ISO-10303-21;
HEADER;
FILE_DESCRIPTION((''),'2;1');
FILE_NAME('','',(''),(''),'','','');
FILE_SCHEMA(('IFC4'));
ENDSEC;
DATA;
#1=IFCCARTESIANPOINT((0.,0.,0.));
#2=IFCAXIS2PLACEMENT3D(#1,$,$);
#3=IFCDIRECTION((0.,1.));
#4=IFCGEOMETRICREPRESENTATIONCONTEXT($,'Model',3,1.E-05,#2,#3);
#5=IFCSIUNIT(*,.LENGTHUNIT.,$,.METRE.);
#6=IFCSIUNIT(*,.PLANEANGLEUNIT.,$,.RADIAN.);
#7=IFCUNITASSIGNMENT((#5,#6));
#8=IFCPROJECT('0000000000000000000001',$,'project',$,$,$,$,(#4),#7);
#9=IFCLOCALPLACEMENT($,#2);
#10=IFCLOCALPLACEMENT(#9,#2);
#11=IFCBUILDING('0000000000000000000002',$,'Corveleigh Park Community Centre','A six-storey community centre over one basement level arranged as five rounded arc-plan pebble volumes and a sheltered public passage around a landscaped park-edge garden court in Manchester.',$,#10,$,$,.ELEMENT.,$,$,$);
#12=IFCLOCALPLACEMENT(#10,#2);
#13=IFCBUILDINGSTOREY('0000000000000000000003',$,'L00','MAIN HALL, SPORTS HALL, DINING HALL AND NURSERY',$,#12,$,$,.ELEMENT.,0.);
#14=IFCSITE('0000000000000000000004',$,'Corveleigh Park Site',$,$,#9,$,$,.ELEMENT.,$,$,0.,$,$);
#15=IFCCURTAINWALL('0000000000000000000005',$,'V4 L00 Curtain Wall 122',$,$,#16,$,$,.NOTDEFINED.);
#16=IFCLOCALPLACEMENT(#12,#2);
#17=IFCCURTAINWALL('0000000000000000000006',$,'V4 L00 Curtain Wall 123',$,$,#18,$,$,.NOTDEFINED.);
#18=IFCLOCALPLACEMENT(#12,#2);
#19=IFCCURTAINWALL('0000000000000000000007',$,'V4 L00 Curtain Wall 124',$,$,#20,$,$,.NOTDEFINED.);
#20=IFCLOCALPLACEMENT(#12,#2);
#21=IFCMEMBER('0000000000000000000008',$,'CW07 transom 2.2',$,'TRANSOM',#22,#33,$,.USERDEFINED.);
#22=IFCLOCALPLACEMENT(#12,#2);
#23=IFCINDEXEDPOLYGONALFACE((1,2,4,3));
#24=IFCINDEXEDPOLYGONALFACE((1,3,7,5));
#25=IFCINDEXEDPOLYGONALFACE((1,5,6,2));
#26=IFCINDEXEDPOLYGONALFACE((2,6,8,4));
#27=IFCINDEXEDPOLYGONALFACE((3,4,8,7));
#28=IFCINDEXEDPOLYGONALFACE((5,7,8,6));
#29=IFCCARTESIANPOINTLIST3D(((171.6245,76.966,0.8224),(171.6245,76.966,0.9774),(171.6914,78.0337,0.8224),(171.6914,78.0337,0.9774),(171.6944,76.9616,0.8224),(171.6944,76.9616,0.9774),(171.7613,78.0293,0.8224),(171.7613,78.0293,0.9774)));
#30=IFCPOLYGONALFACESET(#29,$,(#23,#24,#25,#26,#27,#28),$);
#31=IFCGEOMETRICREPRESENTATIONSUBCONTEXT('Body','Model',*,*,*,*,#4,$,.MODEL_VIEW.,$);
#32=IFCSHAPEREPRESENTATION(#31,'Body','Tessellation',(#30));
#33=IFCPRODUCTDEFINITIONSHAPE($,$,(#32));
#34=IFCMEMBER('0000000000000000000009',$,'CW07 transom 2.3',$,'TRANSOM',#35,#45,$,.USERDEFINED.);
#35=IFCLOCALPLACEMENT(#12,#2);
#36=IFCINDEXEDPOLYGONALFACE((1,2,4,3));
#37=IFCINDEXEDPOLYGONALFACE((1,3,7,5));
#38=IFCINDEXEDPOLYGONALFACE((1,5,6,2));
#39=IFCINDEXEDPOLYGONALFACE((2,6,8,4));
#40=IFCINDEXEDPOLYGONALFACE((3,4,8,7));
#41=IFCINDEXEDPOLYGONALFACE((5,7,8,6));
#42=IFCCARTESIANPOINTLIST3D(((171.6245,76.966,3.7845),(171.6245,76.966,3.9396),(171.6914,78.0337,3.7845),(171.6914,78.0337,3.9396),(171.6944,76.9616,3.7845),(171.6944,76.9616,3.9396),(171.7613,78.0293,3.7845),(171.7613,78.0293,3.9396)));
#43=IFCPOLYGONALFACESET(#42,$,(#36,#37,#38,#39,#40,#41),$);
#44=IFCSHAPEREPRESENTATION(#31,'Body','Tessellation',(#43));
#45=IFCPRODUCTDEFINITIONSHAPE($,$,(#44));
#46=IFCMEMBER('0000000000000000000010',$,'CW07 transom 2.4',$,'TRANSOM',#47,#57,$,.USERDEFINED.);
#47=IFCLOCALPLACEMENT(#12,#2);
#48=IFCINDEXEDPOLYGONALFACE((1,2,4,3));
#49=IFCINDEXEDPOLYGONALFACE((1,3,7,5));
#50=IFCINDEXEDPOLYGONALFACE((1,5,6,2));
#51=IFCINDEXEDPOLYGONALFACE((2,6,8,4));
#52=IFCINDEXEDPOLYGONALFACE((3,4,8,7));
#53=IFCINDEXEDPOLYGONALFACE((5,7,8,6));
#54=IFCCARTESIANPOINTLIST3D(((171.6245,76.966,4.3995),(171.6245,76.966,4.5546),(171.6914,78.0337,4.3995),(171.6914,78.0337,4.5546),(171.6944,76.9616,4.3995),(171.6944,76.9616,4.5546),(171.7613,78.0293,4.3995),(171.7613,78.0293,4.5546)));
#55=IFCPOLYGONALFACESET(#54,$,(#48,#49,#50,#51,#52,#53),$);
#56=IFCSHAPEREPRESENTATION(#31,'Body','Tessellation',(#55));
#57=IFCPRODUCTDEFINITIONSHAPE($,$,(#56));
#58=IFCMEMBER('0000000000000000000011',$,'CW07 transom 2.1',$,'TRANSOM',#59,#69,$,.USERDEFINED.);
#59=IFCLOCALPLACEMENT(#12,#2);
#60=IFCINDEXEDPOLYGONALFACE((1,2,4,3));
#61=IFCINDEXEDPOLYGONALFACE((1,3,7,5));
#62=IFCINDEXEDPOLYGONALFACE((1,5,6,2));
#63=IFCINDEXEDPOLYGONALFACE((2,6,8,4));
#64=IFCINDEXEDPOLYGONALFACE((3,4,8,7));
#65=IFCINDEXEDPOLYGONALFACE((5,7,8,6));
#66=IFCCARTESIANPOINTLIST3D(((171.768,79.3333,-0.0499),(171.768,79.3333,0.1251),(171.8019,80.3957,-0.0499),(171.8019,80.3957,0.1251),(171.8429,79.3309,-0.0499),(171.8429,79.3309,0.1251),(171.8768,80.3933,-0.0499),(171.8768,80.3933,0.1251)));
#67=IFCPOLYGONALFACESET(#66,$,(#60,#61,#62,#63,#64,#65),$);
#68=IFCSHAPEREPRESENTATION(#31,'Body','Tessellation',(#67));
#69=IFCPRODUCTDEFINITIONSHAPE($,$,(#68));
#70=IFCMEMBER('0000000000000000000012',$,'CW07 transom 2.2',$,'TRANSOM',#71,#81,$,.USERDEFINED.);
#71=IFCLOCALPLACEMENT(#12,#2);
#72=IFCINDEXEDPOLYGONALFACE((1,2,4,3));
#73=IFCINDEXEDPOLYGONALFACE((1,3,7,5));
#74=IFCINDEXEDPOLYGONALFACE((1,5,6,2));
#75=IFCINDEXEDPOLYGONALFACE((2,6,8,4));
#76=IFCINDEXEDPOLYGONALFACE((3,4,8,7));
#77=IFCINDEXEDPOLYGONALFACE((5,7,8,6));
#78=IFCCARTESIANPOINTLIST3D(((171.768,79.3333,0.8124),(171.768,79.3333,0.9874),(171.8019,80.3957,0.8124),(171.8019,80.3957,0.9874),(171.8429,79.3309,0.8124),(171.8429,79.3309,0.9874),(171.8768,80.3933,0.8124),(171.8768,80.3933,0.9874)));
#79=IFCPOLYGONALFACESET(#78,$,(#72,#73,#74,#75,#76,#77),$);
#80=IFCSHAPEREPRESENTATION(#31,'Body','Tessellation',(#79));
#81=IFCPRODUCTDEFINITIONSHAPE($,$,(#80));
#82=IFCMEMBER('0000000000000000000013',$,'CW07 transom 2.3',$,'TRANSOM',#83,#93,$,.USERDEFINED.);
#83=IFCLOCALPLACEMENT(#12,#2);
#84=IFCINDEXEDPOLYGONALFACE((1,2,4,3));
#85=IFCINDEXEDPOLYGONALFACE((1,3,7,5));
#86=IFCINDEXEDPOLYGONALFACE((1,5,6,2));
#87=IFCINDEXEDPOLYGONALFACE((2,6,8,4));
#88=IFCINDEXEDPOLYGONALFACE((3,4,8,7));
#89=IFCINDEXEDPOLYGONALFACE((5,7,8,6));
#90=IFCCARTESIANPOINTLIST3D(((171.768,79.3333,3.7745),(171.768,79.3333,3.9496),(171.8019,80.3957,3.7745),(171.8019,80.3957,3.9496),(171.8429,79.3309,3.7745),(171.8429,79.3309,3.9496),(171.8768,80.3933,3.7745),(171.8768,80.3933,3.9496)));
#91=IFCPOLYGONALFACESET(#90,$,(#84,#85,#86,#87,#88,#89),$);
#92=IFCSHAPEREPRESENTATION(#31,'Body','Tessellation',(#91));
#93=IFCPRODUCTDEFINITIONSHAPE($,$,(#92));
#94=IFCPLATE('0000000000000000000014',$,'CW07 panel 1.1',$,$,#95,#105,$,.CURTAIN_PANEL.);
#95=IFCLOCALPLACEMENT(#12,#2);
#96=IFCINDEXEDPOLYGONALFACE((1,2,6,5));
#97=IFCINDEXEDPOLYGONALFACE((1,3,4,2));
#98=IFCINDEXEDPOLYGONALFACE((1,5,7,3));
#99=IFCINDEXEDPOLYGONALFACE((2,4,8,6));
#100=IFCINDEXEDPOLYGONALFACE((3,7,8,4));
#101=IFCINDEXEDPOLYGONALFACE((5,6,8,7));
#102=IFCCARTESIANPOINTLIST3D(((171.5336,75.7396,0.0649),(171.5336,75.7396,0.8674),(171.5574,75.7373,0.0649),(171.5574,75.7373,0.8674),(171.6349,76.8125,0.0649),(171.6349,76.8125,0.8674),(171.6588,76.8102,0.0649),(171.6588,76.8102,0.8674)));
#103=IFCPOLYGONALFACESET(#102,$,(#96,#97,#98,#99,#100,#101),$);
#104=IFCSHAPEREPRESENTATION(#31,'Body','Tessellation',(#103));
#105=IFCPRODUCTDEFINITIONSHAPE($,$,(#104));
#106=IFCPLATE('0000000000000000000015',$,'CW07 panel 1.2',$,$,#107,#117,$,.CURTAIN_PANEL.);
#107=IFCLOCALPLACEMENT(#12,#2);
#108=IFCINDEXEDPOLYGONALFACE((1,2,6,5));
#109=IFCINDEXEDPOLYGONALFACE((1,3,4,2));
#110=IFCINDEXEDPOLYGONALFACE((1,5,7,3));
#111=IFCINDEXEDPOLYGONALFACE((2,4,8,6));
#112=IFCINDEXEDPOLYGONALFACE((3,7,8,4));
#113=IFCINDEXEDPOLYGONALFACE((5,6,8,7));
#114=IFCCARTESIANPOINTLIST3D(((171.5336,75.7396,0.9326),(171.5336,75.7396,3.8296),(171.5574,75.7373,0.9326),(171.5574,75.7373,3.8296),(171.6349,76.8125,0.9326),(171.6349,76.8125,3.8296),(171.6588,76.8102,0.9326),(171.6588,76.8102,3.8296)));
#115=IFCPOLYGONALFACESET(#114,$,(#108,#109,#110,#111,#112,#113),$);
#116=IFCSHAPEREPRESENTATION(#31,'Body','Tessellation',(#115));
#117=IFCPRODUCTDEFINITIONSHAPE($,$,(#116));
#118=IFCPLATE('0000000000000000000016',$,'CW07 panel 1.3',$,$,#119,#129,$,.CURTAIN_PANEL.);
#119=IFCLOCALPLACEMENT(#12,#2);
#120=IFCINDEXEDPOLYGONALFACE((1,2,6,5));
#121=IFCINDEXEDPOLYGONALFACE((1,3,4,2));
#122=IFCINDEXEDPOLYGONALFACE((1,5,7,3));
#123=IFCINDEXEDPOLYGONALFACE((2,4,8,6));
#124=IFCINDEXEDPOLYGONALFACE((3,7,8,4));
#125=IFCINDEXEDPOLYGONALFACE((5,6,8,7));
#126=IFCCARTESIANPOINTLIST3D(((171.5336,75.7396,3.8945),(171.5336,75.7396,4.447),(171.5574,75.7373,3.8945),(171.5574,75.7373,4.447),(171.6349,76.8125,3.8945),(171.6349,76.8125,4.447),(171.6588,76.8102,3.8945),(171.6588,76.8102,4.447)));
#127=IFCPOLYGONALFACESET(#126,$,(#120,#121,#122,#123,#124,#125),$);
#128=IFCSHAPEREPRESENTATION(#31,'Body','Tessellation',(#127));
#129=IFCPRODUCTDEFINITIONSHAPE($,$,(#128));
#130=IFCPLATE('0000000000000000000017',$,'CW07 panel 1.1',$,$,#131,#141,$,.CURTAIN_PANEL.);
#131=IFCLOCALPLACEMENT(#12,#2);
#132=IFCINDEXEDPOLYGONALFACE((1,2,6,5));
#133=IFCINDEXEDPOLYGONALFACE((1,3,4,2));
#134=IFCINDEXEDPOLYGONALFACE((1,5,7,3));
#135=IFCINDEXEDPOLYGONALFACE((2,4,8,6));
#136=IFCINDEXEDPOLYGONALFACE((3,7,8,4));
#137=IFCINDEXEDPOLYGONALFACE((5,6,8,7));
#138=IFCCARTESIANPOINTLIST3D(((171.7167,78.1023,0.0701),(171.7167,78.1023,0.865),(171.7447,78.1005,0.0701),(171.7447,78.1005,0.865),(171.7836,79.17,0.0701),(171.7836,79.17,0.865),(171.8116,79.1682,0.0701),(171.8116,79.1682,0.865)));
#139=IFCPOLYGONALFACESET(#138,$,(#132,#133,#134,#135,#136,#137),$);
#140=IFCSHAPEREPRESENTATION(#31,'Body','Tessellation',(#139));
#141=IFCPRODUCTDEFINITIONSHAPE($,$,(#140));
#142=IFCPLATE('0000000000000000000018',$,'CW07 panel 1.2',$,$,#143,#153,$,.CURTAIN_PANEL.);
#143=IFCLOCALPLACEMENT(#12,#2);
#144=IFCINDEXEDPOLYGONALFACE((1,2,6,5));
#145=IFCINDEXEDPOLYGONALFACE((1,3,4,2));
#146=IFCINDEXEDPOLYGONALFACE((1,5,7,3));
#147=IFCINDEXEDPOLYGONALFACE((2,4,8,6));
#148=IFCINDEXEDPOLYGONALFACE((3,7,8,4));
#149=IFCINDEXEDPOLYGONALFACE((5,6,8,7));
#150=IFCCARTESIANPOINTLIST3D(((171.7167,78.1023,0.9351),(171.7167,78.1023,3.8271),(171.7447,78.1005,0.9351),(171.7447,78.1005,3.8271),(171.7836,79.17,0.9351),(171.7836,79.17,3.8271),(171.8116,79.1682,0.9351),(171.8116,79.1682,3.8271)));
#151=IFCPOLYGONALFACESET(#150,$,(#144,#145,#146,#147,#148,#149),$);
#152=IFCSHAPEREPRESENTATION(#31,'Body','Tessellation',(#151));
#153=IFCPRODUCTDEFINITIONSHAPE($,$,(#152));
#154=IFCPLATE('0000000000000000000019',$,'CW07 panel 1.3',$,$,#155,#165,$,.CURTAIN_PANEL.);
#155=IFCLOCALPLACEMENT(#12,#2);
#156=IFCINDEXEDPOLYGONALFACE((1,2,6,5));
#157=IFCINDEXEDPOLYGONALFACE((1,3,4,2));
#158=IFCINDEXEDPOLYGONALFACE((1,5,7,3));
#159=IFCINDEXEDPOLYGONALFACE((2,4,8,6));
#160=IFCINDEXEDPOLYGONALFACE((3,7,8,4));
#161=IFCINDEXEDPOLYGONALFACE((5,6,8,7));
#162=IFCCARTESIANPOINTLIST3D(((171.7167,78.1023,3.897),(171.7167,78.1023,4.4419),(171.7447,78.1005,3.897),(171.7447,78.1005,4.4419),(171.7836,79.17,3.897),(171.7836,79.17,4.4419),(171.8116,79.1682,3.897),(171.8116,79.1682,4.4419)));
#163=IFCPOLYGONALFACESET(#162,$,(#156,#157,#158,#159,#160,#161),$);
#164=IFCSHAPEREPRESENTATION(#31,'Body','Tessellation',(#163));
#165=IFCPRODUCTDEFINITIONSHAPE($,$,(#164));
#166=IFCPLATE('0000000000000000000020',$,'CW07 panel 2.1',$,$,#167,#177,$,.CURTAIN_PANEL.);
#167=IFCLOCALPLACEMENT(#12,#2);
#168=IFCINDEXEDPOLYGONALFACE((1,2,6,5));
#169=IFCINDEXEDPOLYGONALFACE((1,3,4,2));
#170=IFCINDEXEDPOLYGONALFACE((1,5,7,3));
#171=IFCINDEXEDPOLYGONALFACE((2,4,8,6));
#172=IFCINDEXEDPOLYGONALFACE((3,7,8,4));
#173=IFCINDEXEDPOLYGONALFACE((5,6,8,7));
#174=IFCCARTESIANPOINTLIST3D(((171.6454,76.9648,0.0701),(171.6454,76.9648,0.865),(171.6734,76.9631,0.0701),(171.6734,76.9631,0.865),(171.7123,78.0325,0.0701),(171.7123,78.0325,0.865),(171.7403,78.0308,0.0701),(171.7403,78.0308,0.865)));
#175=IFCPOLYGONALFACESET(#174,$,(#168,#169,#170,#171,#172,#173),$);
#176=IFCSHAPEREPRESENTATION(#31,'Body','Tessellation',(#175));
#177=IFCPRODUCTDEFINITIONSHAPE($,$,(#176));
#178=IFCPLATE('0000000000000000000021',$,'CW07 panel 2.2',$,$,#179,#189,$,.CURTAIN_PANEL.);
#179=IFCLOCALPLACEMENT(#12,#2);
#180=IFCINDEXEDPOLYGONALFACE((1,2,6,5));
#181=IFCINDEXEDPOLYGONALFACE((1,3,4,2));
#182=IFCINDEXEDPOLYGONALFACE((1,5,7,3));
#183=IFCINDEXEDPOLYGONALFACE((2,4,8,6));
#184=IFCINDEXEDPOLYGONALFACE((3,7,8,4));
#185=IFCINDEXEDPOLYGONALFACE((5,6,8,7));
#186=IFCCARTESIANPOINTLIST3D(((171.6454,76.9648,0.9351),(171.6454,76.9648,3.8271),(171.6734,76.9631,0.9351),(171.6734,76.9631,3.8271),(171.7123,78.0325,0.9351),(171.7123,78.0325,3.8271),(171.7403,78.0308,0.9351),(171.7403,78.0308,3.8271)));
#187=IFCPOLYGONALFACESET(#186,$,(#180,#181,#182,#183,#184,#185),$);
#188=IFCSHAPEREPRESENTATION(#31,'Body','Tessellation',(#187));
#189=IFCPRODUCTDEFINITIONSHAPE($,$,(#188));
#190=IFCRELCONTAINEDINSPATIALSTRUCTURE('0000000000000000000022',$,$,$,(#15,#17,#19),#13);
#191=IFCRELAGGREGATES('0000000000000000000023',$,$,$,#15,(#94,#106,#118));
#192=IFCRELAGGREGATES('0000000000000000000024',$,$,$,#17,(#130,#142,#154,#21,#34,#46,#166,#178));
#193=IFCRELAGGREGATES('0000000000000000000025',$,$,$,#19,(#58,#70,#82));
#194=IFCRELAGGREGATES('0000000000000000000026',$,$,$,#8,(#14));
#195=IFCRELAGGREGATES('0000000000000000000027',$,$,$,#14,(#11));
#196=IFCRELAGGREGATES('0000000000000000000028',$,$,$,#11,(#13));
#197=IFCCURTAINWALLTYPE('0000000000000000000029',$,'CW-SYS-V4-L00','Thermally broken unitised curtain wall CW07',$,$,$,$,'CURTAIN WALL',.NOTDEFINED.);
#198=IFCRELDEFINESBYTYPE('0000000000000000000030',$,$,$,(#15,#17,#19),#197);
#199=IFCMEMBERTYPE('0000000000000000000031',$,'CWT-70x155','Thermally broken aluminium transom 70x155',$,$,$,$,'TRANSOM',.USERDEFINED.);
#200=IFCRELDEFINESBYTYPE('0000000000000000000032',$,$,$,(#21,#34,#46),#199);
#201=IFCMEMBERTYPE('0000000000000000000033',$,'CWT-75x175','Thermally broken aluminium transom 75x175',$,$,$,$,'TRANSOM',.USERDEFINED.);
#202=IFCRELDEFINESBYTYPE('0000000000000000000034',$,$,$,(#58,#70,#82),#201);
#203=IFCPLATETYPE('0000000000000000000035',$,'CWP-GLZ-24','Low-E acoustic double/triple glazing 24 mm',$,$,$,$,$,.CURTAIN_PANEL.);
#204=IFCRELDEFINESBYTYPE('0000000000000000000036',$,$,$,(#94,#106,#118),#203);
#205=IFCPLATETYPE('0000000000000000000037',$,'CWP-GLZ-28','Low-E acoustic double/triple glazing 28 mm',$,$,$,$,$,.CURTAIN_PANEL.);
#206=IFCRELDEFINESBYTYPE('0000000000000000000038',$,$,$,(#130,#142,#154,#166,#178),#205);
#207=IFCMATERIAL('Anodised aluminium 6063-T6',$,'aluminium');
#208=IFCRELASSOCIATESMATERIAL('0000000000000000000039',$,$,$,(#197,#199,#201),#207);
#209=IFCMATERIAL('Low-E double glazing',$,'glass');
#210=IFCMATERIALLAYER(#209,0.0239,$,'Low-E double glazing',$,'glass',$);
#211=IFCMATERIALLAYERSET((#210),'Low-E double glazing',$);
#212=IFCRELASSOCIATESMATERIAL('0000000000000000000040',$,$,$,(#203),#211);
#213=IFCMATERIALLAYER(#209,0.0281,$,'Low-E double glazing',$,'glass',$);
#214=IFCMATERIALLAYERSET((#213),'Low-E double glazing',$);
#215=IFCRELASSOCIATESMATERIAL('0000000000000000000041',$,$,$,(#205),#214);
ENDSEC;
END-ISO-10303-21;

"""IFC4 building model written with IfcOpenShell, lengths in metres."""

from ifc_helpers import new_model, si_unit, direction, frame, origin, origin_2d, place, context, subcontext, project, spatial, rectangle, extrude, material, layer, layer_set, material_profile, profile_set, type_object, element, aggregate, save


model = new_model("IFC4")

# Units and contexts
model_context = context("Model", 3, precision=1e-05, world=origin(), true_north=direction((0.0, 1.0)))
body_context = subcontext(model_context, "Body", "Model", "MODEL_VIEW")
ifc_project = project(units=[si_unit("LENGTHUNIT", "METRE"), si_unit("PLANEANGLEUNIT", "RADIAN")], contexts=[model_context])

# Site, building, storey
site_placement = place(None, origin())
site = spatial("IfcSite", under=ifc_project, at=site_placement, Name="Corveleigh Park Site", CompositionType="ELEMENT", RefElevation=0.0)
building_placement = place(site_placement, origin())
building = spatial("IfcBuilding", under=site, at=building_placement, Name="Corveleigh Park Community Centre", Description="A six-storey community centre over one basement level arranged as five rounded arc-plan pebble volumes and a sheltered public passage around a landscaped park-edge garden court in Manchester.", CompositionType="ELEMENT")
storey_placement = place(building_placement, origin())
storey = spatial("IfcBuildingStorey", under=building, at=storey_placement, Name="L00", Description="MAIN HALL, SPORTS HALL, DINING HALL AND NURSERY", CompositionType="ELEMENT", Elevation=0.0)

# Curtain wall
ifc_material_1 = material(Name="Anodised aluminium 6063-T6", Category="aluminium")
curtain_wall_type = type_object("IfcCurtainWallType", Name="CW-SYS-V4-L00", Description="Thermally broken unitised curtain wall CW07", ElementType="CURTAIN WALL", PredefinedType="NOTDEFINED", material=ifc_material_1)
curtain_wall_1_placement = place(storey_placement, origin())
curtain_wall_1 = element("IfcCurtainWall", 1, at=curtain_wall_1_placement, inside=storey, type_object=curtain_wall_type, Name="V4 L00 Curtain Wall 122", PredefinedType="NOTDEFINED")

# Curtain wall
curtain_wall_2_placement = place(storey_placement, origin())
curtain_wall_2 = element("IfcCurtainWall", 2, at=curtain_wall_2_placement, inside=storey, type_object=curtain_wall_type, Name="V4 L00 Curtain Wall 123", PredefinedType="NOTDEFINED")

# Curtain wall
curtain_wall_3_placement = place(storey_placement, origin())
curtain_wall_3 = element("IfcCurtainWall", 3, at=curtain_wall_3_placement, inside=storey, type_object=curtain_wall_type, Name="V4 L00 Curtain Wall 124", PredefinedType="NOTDEFINED")

# Members
ifc_material_profile_1 = material_profile(ifc_material_1, rectangle(XDim=0.0701, YDim=0.155, at=origin_2d()), Name="ALU-T70x155", Category="aluminium")
ifc_profile_set_1 = profile_set([ifc_material_profile_1], Name="Anodised aluminium 6063-T6")
member_type_1 = type_object("IfcMemberType", Name="CWT-70x155", Description="Thermally broken aluminium transom 70x155", ElementType="TRANSOM", PredefinedType="USERDEFINED", material=ifc_profile_set_1)
member_1_placement = place(storey_placement, frame((171.7263, 78.0315, 0.8999), z_axis=(-0.062535, -0.998043, 0.0), x_axis=(0.998043, -0.062535, 0.0)))
member_1 = element("IfcMember", 4, at=member_1_placement, type_object=member_type_1, Name="CW07 transom 2.2", ObjectType="TRANSOM", PredefinedType="USERDEFINED", context=body_context, shape_type="SweptSolid", body=[
    extrude(rectangle(XDim=0.0701, YDim=0.155, at=origin_2d()), origin(), (0.0, 0.0, 1.0), 1.0698),
])
member_2_placement = place(storey_placement, frame((171.7263, 78.0315, 3.8621), z_axis=(-0.062535, -0.998043, 0.0), x_axis=(0.998043, -0.062535, 0.0)))
member_2 = element("IfcMember", 5, at=member_2_placement, type_object=member_type_1, Name="CW07 transom 2.3", ObjectType="TRANSOM", PredefinedType="USERDEFINED", context=body_context, shape_type="SweptSolid", body=[
    extrude(rectangle(XDim=0.0701, YDim=0.155, at=origin_2d()), origin(), (0.0, 0.0, 1.0), 1.0698),
])
member_3_placement = place(storey_placement, frame((171.7263, 78.0315, 4.4771), z_axis=(-0.062535, -0.998043, 0.0), x_axis=(0.998043, -0.062535, 0.0)))
member_3 = element("IfcMember", 6, at=member_3_placement, type_object=member_type_1, Name="CW07 transom 2.4", ObjectType="TRANSOM", PredefinedType="USERDEFINED", context=body_context, shape_type="SweptSolid", body=[
    extrude(rectangle(XDim=0.0701, YDim=0.155, at=origin_2d()), origin(), (0.0, 0.0, 1.0), 1.0698),
])
ifc_material_profile_2 = material_profile(ifc_material_1, rectangle(XDim=0.075, YDim=0.175, at=origin_2d()), Name="ALU-T75x175", Category="aluminium")
ifc_profile_set_2 = profile_set([ifc_material_profile_2], Name="Anodised aluminium 6063-T6")
member_type_2 = type_object("IfcMemberType", Name="CWT-75x175", Description="Thermally broken aluminium transom 75x175", ElementType="TRANSOM", PredefinedType="USERDEFINED", material=ifc_profile_set_2)
member_4_placement = place(storey_placement, frame((171.8394, 80.3945, 0.0376), z_axis=(-0.031923, -0.99949, 0.0), x_axis=(0.99949, -0.031923, 0.0)))
member_4 = element("IfcMember", 7, at=member_4_placement, type_object=member_type_2, Name="CW07 transom 2.1", ObjectType="TRANSOM", PredefinedType="USERDEFINED", context=body_context, shape_type="SweptSolid", body=[
    extrude(rectangle(XDim=0.075, YDim=0.175, at=origin_2d()), origin(), (0.0, 0.0, 1.0), 1.063),
])
member_5_placement = place(storey_placement, frame((171.8394, 80.3945, 0.8999), z_axis=(-0.031923, -0.99949, 0.0), x_axis=(0.99949, -0.031923, 0.0)))
member_5 = element("IfcMember", 8, at=member_5_placement, type_object=member_type_2, Name="CW07 transom 2.2", ObjectType="TRANSOM", PredefinedType="USERDEFINED", context=body_context, shape_type="SweptSolid", body=[
    extrude(rectangle(XDim=0.075, YDim=0.175, at=origin_2d()), origin(), (0.0, 0.0, 1.0), 1.063),
])
member_6_placement = place(storey_placement, frame((171.8394, 80.3945, 3.8621), z_axis=(-0.031923, -0.99949, 0.0), x_axis=(0.99949, -0.031923, 0.0)))
member_6 = element("IfcMember", 9, at=member_6_placement, type_object=member_type_2, Name="CW07 transom 2.3", ObjectType="TRANSOM", PredefinedType="USERDEFINED", context=body_context, shape_type="SweptSolid", body=[
    extrude(rectangle(XDim=0.075, YDim=0.175, at=origin_2d()), origin(), (0.0, 0.0, 1.0), 1.063),
])

# Plates
ifc_material_2 = material(Name="Low-E double glazing", Category="glass")
ifc_layer_1 = layer(ifc_material_2, 0.0239, Name="Low-E double glazing", Category="glass")
ifc_layer_set_1 = layer_set([ifc_layer_1], Name="Low-E double glazing")
plate_type_1 = type_object("IfcPlateType", Name="CWP-GLZ-24", Description="Low-E acoustic double/triple glazing 24 mm", PredefinedType="CURTAIN_PANEL", material=ifc_layer_set_1)
plate_1_placement = place(storey_placement, frame((171.5962, 76.2749, 0.0649), z_axis=(0.0, 0.0, 1.0), x_axis=(-0.094026, -0.99557, 0.0)))
plate_1 = element("IfcPlate", 10, at=plate_1_placement, type_object=plate_type_1, Name="CW07 panel 1.1", PredefinedType="CURTAIN_PANEL", context=body_context, shape_type="SweptSolid", body=[
    extrude(rectangle(XDim=1.0776, YDim=0.0239, at=origin_2d()), origin(), (0.0, 0.0, 1.0), 0.8025),
])
plate_2_placement = place(storey_placement, frame((171.5962, 76.2749, 0.9326), z_axis=(0.0, 0.0, 1.0), x_axis=(-0.094026, -0.99557, 0.0)))
plate_2 = element("IfcPlate", 11, at=plate_2_placement, type_object=plate_type_1, Name="CW07 panel 1.2", PredefinedType="CURTAIN_PANEL", context=body_context, shape_type="SweptSolid", body=[
    extrude(rectangle(XDim=1.0776, YDim=0.0239, at=origin_2d()), origin(), (0.0, 0.0, 1.0), 2.897),
])
plate_3_placement = place(storey_placement, frame((171.5962, 76.2749, 3.8945), z_axis=(0.0, 0.0, 1.0), x_axis=(-0.094026, -0.99557, 0.0)))
plate_3 = element("IfcPlate", 12, at=plate_3_placement, type_object=plate_type_1, Name="CW07 panel 1.3", PredefinedType="CURTAIN_PANEL", context=body_context, shape_type="SweptSolid", body=[
    extrude(rectangle(XDim=1.0776, YDim=0.0239, at=origin_2d()), origin(), (0.0, 0.0, 1.0), 0.5525),
])
aggregate(curtain_wall_1, [plate_1, plate_2, plate_3])
ifc_layer_2 = layer(ifc_material_2, 0.0281, Name="Low-E double glazing", Category="glass")
ifc_layer_set_2 = layer_set([ifc_layer_2], Name="Low-E double glazing")
plate_type_2 = type_object("IfcPlateType", Name="CWP-GLZ-28", Description="Low-E acoustic double/triple glazing 28 mm", PredefinedType="CURTAIN_PANEL", material=ifc_layer_set_2)
plate_4_placement = place(storey_placement, frame((171.7642, 78.6353, 0.0701), z_axis=(0.0, 0.0, 1.0), x_axis=(-0.062564, -0.998041, 0.0)))
plate_4 = element("IfcPlate", 13, at=plate_4_placement, type_object=plate_type_2, Name="CW07 panel 1.1", PredefinedType="CURTAIN_PANEL", context=body_context, shape_type="SweptSolid", body=[
    extrude(rectangle(XDim=1.0698, YDim=0.0281, at=origin_2d()), origin(), (0.0, 0.0, 1.0), 0.7949),
])
plate_5_placement = place(storey_placement, frame((171.7642, 78.6353, 0.9351), z_axis=(0.0, 0.0, 1.0), x_axis=(-0.062564, -0.998041, 0.0)))
plate_5 = element("IfcPlate", 14, at=plate_5_placement, type_object=plate_type_2, Name="CW07 panel 1.2", PredefinedType="CURTAIN_PANEL", context=body_context, shape_type="SweptSolid", body=[
    extrude(rectangle(XDim=1.0698, YDim=0.0281, at=origin_2d()), origin(), (0.0, 0.0, 1.0), 2.8921),
])
plate_6_placement = place(storey_placement, frame((171.7642, 78.6353, 3.897), z_axis=(0.0, 0.0, 1.0), x_axis=(-0.062564, -0.998041, 0.0)))
plate_6 = element("IfcPlate", 15, at=plate_6_placement, type_object=plate_type_2, Name="CW07 panel 1.3", PredefinedType="CURTAIN_PANEL", context=body_context, shape_type="SweptSolid", body=[
    extrude(rectangle(XDim=1.0698, YDim=0.0281, at=origin_2d()), origin(), (0.0, 0.0, 1.0), 0.5449),
])
plate_7_placement = place(storey_placement, frame((171.6929, 77.4978, 0.0701), z_axis=(0.0, 0.0, 1.0), x_axis=(-0.062564, -0.998041, 0.0)))
plate_7 = element("IfcPlate", 16, at=plate_7_placement, type_object=plate_type_2, Name="CW07 panel 2.1", PredefinedType="CURTAIN_PANEL", context=body_context, shape_type="SweptSolid", body=[
    extrude(rectangle(XDim=1.0698, YDim=0.0281, at=origin_2d()), origin(), (0.0, 0.0, 1.0), 0.7949),
])
plate_8_placement = place(storey_placement, frame((171.6929, 77.4978, 0.9351), z_axis=(0.0, 0.0, 1.0), x_axis=(-0.062564, -0.998041, 0.0)))
plate_8 = element("IfcPlate", 17, at=plate_8_placement, type_object=plate_type_2, Name="CW07 panel 2.2", PredefinedType="CURTAIN_PANEL", context=body_context, shape_type="SweptSolid", body=[
    extrude(rectangle(XDim=1.0698, YDim=0.0281, at=origin_2d()), origin(), (0.0, 0.0, 1.0), 2.8921),
])
aggregate(curtain_wall_2, [plate_4, plate_5, plate_6, member_1, member_2, member_3, plate_7, plate_8])
aggregate(curtain_wall_3, [member_4, member_5, member_6])

save(model, "model.ifc")
